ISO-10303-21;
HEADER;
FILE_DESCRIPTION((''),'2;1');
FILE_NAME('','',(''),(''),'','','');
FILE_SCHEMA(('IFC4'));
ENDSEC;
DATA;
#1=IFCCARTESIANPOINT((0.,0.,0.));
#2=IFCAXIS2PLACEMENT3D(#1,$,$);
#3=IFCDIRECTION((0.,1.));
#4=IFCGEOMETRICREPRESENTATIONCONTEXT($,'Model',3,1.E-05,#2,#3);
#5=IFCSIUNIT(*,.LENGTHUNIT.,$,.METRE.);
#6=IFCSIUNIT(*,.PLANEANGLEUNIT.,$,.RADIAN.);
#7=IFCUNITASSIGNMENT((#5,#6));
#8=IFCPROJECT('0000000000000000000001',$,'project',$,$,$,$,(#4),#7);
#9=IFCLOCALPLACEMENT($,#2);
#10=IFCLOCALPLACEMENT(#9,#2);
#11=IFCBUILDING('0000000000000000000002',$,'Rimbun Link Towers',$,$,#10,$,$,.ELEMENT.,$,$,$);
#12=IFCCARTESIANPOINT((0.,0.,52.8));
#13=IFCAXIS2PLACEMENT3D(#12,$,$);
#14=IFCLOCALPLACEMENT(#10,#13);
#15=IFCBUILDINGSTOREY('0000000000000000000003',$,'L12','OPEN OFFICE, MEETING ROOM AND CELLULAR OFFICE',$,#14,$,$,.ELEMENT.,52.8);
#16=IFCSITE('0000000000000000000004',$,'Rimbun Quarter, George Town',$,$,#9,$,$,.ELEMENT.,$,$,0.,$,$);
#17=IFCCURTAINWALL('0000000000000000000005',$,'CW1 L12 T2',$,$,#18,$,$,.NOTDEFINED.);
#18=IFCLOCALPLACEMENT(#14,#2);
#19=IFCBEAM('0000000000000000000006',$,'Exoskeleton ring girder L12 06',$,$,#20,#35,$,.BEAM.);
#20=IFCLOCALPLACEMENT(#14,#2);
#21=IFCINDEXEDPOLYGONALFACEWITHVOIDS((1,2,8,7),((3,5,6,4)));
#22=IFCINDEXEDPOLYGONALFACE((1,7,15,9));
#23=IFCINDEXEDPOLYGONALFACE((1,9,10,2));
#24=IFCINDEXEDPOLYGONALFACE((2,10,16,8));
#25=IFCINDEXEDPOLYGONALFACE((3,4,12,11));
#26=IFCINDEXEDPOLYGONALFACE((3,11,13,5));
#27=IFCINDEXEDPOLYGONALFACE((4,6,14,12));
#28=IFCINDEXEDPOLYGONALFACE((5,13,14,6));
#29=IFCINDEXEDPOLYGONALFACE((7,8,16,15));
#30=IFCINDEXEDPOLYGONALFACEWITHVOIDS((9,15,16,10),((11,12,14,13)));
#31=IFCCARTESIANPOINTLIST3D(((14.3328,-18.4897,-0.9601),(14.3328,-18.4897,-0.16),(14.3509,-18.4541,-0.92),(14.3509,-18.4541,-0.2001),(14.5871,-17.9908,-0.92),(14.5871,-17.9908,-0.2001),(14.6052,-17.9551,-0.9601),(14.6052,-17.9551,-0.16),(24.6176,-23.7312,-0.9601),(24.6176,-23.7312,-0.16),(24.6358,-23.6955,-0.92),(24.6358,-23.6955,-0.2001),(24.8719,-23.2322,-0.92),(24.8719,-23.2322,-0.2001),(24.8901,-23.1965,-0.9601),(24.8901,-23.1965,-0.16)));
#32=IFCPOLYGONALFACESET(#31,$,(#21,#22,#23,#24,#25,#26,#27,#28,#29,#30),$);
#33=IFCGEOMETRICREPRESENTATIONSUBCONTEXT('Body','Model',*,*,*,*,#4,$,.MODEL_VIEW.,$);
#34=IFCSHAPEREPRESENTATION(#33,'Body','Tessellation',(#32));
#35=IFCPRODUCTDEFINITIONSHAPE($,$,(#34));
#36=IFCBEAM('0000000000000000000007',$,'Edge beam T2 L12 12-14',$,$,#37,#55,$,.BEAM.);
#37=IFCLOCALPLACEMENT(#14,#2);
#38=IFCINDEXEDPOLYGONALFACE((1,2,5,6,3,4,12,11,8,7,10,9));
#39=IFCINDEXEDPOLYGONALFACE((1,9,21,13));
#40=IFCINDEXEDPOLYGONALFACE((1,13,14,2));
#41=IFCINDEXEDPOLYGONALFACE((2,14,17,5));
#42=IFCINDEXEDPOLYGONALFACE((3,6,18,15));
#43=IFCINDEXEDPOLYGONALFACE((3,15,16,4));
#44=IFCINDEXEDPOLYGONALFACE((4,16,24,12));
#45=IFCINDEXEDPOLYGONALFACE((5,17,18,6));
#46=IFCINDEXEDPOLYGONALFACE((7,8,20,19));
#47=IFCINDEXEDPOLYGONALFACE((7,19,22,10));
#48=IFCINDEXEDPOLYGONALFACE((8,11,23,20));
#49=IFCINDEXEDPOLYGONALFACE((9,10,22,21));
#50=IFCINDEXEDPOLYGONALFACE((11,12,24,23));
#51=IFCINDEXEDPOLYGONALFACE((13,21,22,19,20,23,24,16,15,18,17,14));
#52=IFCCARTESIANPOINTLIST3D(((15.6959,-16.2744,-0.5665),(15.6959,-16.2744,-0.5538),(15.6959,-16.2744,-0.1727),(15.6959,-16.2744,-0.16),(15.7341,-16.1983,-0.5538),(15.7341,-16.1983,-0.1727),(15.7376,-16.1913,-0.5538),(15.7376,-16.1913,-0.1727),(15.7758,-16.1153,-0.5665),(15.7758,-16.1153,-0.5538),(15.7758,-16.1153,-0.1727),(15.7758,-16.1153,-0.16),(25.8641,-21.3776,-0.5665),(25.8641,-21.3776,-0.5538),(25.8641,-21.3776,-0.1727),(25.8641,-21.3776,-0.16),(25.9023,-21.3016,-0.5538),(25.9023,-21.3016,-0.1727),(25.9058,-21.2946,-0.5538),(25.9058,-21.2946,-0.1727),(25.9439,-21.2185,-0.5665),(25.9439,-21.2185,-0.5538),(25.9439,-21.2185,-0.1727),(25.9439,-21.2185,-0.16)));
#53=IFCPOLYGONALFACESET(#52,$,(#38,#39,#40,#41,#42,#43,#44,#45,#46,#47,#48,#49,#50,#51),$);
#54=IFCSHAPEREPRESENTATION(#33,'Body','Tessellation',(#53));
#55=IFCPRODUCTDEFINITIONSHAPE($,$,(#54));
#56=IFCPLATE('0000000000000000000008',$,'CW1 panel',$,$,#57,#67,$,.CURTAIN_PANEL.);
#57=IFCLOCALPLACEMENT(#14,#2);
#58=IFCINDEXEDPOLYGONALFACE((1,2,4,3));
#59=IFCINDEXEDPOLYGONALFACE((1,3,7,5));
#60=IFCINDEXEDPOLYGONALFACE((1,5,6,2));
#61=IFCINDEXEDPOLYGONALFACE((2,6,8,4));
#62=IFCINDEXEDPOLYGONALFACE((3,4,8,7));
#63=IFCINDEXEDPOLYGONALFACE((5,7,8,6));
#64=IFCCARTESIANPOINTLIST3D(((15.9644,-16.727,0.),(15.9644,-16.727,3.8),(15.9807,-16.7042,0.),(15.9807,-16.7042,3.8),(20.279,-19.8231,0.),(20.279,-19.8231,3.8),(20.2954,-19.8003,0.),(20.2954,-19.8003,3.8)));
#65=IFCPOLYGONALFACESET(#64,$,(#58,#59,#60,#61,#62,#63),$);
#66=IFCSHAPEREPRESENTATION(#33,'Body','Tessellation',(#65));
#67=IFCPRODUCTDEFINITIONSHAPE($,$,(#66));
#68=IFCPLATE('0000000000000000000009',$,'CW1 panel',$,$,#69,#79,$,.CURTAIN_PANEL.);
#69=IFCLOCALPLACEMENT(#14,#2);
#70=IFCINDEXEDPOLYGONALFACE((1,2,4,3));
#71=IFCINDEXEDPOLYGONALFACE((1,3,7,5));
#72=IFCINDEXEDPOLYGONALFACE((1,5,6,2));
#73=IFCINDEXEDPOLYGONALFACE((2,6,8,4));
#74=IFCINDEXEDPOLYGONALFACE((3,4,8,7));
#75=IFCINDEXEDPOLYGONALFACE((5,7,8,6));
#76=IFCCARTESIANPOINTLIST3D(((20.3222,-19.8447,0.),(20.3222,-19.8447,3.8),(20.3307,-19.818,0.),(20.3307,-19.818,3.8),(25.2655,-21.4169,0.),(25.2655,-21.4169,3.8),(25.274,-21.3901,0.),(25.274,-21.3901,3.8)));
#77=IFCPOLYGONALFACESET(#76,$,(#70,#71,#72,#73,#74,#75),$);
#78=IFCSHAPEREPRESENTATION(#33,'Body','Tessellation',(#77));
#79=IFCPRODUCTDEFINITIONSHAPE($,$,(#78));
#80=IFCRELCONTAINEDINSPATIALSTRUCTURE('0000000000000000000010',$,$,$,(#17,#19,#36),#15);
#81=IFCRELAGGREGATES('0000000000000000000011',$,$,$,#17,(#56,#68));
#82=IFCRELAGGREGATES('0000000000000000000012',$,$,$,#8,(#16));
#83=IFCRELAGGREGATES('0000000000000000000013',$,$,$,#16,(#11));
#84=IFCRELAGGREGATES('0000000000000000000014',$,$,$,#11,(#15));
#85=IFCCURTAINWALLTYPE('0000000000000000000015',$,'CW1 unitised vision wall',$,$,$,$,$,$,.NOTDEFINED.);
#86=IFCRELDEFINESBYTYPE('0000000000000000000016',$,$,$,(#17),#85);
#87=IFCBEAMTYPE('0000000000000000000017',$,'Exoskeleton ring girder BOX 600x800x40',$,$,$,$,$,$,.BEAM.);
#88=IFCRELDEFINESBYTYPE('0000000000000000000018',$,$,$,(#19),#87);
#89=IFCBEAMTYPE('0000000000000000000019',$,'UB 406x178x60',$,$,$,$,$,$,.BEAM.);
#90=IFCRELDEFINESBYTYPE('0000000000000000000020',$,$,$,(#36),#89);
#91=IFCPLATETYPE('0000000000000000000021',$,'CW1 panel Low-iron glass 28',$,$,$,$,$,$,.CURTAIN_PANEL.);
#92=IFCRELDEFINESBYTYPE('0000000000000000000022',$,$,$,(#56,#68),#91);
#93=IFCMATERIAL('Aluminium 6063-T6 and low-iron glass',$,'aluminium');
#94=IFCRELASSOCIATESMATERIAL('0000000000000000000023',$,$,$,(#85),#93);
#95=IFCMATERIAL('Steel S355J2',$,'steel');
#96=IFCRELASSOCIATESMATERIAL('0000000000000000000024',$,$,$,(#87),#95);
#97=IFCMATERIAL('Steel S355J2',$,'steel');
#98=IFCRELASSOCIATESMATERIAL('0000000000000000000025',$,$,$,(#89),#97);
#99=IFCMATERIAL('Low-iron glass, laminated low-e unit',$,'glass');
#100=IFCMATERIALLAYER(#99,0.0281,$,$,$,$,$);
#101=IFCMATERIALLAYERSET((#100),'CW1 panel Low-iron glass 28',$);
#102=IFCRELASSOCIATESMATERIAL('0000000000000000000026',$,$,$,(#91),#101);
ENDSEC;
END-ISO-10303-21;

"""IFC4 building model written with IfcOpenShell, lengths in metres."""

from ifc_helpers import new_model, si_unit, direction, frame, origin, origin_2d, place, context, subcontext, project, spatial, rectangle, hollow_rectangle, i_section, extrude, material, layer, layer_set, material_profile, profile_set, type_object, element, aggregate, save


model = new_model("IFC4")

# Units and contexts
model_context = context("Model", 3, precision=1e-05, world=origin(), true_north=direction((0.0, 1.0)))
body_context = subcontext(model_context, "Body", "Model", "MODEL_VIEW")
ifc_project = project(units=[si_unit("LENGTHUNIT", "METRE"), si_unit("PLANEANGLEUNIT", "RADIAN")], contexts=[model_context])

# Site, building, storey
site_placement = place(None, origin())
site = spatial("IfcSite", under=ifc_project, at=site_placement, Name="Rimbun Quarter, George Town", CompositionType="ELEMENT", RefElevation=0.0)
building_placement = place(site_placement, origin())
building = spatial("IfcBuilding", under=site, at=building_placement, Name="Rimbun Link Towers", CompositionType="ELEMENT")
storey_placement = place(building_placement, frame((0.0, 0.0, 52.8)))
storey = spatial("IfcBuildingStorey", under=building, at=storey_placement, Name="L12", Description="OPEN OFFICE, MEETING ROOM AND CELLULAR OFFICE", CompositionType="ELEMENT", Elevation=52.8)

# Curtain wall
ifc_material_1 = material(Name="Aluminium 6063-T6 and low-iron glass", Category="aluminium")
curtain_wall_type = type_object("IfcCurtainWallType", Name="CW1 unitised vision wall", PredefinedType="NOTDEFINED", material=ifc_material_1)
curtain_wall_placement = place(storey_placement, origin())
curtain_wall = element("IfcCurtainWall", 1, at=curtain_wall_placement, inside=storey, type_object=curtain_wall_type, Name="CW1 L12 T2", PredefinedType="NOTDEFINED")

# Beams
ifc_material_2 = material(Name="Steel S355J2", Category="steel")
ifc_material_profile_1 = material_profile(ifc_material_2, hollow_rectangle(XDim=0.6001, YDim=0.8, WallThickness=0.04, at=origin_2d()), Name="Exoskeleton ring girder BOX 600x800x40")
ifc_profile_set_1 = profile_set([ifc_material_profile_1], Name="Steel S355J2")
beam_type_1 = type_object("IfcBeamType", Name="Exoskeleton ring girder BOX 600x800x40", PredefinedType="BEAM", material=ifc_profile_set_1)
beam_1_placement = place(storey_placement, frame((14.469, -18.2224, -0.5601), z_axis=(0.89097, -0.454061, 0.0), x_axis=(0.454061, 0.89097, 0.0)))
element("IfcBeam", 2, at=beam_1_placement, inside=storey, type_object=beam_type_1, Name="Exoskeleton ring girder L12 06", PredefinedType="BEAM", context=body_context, shape_type="SweptSolid", body=[
    extrude(hollow_rectangle(XDim=0.6001, YDim=0.8, WallThickness=0.04, at=origin_2d()), origin(), (0.0, 0.0, 1.0), 11.5435),
])
ifc_material_3 = material(Name="Steel S355J2", Category="steel")
ifc_material_profile_2 = material_profile(ifc_material_3, i_section(OverallWidth=0.178, OverallDepth=0.4065, WebThickness=0.0078, FlangeThickness=0.0127, at=origin_2d()), Name="UB 406x178x60")
ifc_profile_set_2 = profile_set([ifc_material_profile_2], Name="Steel S355J2")
beam_type_2 = type_object("IfcBeamType", Name="UB 406x178x60", PredefinedType="BEAM", material=ifc_profile_set_2)
beam_2_placement = place(storey_placement, frame((15.7358, -16.1948, -0.3633), z_axis=(0.893752, -0.448561, 0.0), x_axis=(0.448561, 0.893752, 0.0)))
element("IfcBeam", 3, at=beam_2_placement, inside=storey, type_object=beam_type_2, Name="Edge beam T2 L12 12-14", PredefinedType="BEAM", context=body_context, shape_type="SweptSolid", body=[
    extrude(i_section(OverallWidth=0.178, OverallDepth=0.4065, WebThickness=0.0078, FlangeThickness=0.0127, at=origin_2d()), origin(), (0.0, 0.0, 1.0), 11.377),
])

# Plates
ifc_material_4 = material(Name="Low-iron glass, laminated low-e unit", Category="glass")
ifc_layer = layer(ifc_material_4, 0.0281)
ifc_layer_set = layer_set([ifc_layer], Name="CW1 panel Low-iron glass 28")
plate_type = type_object("IfcPlateType", Name="CW1 panel Low-iron glass 28", PredefinedType="CURTAIN_PANEL", material=ifc_layer_set)
plate_1_placement = place(storey_placement, frame((18.1299, -18.2637, 0.0), z_axis=(0.0, 0.0, 1.0), x_axis=(-0.812469, 0.583004, 0.0)))
plate_1 = element("IfcPlate", 4, at=plate_1_placement, type_object=plate_type, Name="CW1 panel", PredefinedType="CURTAIN_PANEL", context=body_context, shape_type="SweptSolid", body=[
    extrude(rectangle(XDim=5.3105, YDim=0.0281, at=origin_2d()), origin(), (0.0, 0.0, 1.0), 3.8),
])
plate_2_placement = place(storey_placement, frame((22.7981, -20.6174, 0.0), z_axis=(0.0, 0.0, 1.0), x_axis=(-0.952967, 0.303073, 0.0)))
plate_2 = element("IfcPlate", 5, at=plate_2_placement, type_object=plate_type, Name="CW1 panel", PredefinedType="CURTAIN_PANEL", context=body_context, shape_type="SweptSolid", body=[
    extrude(rectangle(XDim=5.1873, YDim=0.0281, at=origin_2d()), origin(), (0.0, 0.0, 1.0), 3.8),
])
aggregate(curtain_wall, [plate_1, plate_2])

save(model, "model.ifc")
